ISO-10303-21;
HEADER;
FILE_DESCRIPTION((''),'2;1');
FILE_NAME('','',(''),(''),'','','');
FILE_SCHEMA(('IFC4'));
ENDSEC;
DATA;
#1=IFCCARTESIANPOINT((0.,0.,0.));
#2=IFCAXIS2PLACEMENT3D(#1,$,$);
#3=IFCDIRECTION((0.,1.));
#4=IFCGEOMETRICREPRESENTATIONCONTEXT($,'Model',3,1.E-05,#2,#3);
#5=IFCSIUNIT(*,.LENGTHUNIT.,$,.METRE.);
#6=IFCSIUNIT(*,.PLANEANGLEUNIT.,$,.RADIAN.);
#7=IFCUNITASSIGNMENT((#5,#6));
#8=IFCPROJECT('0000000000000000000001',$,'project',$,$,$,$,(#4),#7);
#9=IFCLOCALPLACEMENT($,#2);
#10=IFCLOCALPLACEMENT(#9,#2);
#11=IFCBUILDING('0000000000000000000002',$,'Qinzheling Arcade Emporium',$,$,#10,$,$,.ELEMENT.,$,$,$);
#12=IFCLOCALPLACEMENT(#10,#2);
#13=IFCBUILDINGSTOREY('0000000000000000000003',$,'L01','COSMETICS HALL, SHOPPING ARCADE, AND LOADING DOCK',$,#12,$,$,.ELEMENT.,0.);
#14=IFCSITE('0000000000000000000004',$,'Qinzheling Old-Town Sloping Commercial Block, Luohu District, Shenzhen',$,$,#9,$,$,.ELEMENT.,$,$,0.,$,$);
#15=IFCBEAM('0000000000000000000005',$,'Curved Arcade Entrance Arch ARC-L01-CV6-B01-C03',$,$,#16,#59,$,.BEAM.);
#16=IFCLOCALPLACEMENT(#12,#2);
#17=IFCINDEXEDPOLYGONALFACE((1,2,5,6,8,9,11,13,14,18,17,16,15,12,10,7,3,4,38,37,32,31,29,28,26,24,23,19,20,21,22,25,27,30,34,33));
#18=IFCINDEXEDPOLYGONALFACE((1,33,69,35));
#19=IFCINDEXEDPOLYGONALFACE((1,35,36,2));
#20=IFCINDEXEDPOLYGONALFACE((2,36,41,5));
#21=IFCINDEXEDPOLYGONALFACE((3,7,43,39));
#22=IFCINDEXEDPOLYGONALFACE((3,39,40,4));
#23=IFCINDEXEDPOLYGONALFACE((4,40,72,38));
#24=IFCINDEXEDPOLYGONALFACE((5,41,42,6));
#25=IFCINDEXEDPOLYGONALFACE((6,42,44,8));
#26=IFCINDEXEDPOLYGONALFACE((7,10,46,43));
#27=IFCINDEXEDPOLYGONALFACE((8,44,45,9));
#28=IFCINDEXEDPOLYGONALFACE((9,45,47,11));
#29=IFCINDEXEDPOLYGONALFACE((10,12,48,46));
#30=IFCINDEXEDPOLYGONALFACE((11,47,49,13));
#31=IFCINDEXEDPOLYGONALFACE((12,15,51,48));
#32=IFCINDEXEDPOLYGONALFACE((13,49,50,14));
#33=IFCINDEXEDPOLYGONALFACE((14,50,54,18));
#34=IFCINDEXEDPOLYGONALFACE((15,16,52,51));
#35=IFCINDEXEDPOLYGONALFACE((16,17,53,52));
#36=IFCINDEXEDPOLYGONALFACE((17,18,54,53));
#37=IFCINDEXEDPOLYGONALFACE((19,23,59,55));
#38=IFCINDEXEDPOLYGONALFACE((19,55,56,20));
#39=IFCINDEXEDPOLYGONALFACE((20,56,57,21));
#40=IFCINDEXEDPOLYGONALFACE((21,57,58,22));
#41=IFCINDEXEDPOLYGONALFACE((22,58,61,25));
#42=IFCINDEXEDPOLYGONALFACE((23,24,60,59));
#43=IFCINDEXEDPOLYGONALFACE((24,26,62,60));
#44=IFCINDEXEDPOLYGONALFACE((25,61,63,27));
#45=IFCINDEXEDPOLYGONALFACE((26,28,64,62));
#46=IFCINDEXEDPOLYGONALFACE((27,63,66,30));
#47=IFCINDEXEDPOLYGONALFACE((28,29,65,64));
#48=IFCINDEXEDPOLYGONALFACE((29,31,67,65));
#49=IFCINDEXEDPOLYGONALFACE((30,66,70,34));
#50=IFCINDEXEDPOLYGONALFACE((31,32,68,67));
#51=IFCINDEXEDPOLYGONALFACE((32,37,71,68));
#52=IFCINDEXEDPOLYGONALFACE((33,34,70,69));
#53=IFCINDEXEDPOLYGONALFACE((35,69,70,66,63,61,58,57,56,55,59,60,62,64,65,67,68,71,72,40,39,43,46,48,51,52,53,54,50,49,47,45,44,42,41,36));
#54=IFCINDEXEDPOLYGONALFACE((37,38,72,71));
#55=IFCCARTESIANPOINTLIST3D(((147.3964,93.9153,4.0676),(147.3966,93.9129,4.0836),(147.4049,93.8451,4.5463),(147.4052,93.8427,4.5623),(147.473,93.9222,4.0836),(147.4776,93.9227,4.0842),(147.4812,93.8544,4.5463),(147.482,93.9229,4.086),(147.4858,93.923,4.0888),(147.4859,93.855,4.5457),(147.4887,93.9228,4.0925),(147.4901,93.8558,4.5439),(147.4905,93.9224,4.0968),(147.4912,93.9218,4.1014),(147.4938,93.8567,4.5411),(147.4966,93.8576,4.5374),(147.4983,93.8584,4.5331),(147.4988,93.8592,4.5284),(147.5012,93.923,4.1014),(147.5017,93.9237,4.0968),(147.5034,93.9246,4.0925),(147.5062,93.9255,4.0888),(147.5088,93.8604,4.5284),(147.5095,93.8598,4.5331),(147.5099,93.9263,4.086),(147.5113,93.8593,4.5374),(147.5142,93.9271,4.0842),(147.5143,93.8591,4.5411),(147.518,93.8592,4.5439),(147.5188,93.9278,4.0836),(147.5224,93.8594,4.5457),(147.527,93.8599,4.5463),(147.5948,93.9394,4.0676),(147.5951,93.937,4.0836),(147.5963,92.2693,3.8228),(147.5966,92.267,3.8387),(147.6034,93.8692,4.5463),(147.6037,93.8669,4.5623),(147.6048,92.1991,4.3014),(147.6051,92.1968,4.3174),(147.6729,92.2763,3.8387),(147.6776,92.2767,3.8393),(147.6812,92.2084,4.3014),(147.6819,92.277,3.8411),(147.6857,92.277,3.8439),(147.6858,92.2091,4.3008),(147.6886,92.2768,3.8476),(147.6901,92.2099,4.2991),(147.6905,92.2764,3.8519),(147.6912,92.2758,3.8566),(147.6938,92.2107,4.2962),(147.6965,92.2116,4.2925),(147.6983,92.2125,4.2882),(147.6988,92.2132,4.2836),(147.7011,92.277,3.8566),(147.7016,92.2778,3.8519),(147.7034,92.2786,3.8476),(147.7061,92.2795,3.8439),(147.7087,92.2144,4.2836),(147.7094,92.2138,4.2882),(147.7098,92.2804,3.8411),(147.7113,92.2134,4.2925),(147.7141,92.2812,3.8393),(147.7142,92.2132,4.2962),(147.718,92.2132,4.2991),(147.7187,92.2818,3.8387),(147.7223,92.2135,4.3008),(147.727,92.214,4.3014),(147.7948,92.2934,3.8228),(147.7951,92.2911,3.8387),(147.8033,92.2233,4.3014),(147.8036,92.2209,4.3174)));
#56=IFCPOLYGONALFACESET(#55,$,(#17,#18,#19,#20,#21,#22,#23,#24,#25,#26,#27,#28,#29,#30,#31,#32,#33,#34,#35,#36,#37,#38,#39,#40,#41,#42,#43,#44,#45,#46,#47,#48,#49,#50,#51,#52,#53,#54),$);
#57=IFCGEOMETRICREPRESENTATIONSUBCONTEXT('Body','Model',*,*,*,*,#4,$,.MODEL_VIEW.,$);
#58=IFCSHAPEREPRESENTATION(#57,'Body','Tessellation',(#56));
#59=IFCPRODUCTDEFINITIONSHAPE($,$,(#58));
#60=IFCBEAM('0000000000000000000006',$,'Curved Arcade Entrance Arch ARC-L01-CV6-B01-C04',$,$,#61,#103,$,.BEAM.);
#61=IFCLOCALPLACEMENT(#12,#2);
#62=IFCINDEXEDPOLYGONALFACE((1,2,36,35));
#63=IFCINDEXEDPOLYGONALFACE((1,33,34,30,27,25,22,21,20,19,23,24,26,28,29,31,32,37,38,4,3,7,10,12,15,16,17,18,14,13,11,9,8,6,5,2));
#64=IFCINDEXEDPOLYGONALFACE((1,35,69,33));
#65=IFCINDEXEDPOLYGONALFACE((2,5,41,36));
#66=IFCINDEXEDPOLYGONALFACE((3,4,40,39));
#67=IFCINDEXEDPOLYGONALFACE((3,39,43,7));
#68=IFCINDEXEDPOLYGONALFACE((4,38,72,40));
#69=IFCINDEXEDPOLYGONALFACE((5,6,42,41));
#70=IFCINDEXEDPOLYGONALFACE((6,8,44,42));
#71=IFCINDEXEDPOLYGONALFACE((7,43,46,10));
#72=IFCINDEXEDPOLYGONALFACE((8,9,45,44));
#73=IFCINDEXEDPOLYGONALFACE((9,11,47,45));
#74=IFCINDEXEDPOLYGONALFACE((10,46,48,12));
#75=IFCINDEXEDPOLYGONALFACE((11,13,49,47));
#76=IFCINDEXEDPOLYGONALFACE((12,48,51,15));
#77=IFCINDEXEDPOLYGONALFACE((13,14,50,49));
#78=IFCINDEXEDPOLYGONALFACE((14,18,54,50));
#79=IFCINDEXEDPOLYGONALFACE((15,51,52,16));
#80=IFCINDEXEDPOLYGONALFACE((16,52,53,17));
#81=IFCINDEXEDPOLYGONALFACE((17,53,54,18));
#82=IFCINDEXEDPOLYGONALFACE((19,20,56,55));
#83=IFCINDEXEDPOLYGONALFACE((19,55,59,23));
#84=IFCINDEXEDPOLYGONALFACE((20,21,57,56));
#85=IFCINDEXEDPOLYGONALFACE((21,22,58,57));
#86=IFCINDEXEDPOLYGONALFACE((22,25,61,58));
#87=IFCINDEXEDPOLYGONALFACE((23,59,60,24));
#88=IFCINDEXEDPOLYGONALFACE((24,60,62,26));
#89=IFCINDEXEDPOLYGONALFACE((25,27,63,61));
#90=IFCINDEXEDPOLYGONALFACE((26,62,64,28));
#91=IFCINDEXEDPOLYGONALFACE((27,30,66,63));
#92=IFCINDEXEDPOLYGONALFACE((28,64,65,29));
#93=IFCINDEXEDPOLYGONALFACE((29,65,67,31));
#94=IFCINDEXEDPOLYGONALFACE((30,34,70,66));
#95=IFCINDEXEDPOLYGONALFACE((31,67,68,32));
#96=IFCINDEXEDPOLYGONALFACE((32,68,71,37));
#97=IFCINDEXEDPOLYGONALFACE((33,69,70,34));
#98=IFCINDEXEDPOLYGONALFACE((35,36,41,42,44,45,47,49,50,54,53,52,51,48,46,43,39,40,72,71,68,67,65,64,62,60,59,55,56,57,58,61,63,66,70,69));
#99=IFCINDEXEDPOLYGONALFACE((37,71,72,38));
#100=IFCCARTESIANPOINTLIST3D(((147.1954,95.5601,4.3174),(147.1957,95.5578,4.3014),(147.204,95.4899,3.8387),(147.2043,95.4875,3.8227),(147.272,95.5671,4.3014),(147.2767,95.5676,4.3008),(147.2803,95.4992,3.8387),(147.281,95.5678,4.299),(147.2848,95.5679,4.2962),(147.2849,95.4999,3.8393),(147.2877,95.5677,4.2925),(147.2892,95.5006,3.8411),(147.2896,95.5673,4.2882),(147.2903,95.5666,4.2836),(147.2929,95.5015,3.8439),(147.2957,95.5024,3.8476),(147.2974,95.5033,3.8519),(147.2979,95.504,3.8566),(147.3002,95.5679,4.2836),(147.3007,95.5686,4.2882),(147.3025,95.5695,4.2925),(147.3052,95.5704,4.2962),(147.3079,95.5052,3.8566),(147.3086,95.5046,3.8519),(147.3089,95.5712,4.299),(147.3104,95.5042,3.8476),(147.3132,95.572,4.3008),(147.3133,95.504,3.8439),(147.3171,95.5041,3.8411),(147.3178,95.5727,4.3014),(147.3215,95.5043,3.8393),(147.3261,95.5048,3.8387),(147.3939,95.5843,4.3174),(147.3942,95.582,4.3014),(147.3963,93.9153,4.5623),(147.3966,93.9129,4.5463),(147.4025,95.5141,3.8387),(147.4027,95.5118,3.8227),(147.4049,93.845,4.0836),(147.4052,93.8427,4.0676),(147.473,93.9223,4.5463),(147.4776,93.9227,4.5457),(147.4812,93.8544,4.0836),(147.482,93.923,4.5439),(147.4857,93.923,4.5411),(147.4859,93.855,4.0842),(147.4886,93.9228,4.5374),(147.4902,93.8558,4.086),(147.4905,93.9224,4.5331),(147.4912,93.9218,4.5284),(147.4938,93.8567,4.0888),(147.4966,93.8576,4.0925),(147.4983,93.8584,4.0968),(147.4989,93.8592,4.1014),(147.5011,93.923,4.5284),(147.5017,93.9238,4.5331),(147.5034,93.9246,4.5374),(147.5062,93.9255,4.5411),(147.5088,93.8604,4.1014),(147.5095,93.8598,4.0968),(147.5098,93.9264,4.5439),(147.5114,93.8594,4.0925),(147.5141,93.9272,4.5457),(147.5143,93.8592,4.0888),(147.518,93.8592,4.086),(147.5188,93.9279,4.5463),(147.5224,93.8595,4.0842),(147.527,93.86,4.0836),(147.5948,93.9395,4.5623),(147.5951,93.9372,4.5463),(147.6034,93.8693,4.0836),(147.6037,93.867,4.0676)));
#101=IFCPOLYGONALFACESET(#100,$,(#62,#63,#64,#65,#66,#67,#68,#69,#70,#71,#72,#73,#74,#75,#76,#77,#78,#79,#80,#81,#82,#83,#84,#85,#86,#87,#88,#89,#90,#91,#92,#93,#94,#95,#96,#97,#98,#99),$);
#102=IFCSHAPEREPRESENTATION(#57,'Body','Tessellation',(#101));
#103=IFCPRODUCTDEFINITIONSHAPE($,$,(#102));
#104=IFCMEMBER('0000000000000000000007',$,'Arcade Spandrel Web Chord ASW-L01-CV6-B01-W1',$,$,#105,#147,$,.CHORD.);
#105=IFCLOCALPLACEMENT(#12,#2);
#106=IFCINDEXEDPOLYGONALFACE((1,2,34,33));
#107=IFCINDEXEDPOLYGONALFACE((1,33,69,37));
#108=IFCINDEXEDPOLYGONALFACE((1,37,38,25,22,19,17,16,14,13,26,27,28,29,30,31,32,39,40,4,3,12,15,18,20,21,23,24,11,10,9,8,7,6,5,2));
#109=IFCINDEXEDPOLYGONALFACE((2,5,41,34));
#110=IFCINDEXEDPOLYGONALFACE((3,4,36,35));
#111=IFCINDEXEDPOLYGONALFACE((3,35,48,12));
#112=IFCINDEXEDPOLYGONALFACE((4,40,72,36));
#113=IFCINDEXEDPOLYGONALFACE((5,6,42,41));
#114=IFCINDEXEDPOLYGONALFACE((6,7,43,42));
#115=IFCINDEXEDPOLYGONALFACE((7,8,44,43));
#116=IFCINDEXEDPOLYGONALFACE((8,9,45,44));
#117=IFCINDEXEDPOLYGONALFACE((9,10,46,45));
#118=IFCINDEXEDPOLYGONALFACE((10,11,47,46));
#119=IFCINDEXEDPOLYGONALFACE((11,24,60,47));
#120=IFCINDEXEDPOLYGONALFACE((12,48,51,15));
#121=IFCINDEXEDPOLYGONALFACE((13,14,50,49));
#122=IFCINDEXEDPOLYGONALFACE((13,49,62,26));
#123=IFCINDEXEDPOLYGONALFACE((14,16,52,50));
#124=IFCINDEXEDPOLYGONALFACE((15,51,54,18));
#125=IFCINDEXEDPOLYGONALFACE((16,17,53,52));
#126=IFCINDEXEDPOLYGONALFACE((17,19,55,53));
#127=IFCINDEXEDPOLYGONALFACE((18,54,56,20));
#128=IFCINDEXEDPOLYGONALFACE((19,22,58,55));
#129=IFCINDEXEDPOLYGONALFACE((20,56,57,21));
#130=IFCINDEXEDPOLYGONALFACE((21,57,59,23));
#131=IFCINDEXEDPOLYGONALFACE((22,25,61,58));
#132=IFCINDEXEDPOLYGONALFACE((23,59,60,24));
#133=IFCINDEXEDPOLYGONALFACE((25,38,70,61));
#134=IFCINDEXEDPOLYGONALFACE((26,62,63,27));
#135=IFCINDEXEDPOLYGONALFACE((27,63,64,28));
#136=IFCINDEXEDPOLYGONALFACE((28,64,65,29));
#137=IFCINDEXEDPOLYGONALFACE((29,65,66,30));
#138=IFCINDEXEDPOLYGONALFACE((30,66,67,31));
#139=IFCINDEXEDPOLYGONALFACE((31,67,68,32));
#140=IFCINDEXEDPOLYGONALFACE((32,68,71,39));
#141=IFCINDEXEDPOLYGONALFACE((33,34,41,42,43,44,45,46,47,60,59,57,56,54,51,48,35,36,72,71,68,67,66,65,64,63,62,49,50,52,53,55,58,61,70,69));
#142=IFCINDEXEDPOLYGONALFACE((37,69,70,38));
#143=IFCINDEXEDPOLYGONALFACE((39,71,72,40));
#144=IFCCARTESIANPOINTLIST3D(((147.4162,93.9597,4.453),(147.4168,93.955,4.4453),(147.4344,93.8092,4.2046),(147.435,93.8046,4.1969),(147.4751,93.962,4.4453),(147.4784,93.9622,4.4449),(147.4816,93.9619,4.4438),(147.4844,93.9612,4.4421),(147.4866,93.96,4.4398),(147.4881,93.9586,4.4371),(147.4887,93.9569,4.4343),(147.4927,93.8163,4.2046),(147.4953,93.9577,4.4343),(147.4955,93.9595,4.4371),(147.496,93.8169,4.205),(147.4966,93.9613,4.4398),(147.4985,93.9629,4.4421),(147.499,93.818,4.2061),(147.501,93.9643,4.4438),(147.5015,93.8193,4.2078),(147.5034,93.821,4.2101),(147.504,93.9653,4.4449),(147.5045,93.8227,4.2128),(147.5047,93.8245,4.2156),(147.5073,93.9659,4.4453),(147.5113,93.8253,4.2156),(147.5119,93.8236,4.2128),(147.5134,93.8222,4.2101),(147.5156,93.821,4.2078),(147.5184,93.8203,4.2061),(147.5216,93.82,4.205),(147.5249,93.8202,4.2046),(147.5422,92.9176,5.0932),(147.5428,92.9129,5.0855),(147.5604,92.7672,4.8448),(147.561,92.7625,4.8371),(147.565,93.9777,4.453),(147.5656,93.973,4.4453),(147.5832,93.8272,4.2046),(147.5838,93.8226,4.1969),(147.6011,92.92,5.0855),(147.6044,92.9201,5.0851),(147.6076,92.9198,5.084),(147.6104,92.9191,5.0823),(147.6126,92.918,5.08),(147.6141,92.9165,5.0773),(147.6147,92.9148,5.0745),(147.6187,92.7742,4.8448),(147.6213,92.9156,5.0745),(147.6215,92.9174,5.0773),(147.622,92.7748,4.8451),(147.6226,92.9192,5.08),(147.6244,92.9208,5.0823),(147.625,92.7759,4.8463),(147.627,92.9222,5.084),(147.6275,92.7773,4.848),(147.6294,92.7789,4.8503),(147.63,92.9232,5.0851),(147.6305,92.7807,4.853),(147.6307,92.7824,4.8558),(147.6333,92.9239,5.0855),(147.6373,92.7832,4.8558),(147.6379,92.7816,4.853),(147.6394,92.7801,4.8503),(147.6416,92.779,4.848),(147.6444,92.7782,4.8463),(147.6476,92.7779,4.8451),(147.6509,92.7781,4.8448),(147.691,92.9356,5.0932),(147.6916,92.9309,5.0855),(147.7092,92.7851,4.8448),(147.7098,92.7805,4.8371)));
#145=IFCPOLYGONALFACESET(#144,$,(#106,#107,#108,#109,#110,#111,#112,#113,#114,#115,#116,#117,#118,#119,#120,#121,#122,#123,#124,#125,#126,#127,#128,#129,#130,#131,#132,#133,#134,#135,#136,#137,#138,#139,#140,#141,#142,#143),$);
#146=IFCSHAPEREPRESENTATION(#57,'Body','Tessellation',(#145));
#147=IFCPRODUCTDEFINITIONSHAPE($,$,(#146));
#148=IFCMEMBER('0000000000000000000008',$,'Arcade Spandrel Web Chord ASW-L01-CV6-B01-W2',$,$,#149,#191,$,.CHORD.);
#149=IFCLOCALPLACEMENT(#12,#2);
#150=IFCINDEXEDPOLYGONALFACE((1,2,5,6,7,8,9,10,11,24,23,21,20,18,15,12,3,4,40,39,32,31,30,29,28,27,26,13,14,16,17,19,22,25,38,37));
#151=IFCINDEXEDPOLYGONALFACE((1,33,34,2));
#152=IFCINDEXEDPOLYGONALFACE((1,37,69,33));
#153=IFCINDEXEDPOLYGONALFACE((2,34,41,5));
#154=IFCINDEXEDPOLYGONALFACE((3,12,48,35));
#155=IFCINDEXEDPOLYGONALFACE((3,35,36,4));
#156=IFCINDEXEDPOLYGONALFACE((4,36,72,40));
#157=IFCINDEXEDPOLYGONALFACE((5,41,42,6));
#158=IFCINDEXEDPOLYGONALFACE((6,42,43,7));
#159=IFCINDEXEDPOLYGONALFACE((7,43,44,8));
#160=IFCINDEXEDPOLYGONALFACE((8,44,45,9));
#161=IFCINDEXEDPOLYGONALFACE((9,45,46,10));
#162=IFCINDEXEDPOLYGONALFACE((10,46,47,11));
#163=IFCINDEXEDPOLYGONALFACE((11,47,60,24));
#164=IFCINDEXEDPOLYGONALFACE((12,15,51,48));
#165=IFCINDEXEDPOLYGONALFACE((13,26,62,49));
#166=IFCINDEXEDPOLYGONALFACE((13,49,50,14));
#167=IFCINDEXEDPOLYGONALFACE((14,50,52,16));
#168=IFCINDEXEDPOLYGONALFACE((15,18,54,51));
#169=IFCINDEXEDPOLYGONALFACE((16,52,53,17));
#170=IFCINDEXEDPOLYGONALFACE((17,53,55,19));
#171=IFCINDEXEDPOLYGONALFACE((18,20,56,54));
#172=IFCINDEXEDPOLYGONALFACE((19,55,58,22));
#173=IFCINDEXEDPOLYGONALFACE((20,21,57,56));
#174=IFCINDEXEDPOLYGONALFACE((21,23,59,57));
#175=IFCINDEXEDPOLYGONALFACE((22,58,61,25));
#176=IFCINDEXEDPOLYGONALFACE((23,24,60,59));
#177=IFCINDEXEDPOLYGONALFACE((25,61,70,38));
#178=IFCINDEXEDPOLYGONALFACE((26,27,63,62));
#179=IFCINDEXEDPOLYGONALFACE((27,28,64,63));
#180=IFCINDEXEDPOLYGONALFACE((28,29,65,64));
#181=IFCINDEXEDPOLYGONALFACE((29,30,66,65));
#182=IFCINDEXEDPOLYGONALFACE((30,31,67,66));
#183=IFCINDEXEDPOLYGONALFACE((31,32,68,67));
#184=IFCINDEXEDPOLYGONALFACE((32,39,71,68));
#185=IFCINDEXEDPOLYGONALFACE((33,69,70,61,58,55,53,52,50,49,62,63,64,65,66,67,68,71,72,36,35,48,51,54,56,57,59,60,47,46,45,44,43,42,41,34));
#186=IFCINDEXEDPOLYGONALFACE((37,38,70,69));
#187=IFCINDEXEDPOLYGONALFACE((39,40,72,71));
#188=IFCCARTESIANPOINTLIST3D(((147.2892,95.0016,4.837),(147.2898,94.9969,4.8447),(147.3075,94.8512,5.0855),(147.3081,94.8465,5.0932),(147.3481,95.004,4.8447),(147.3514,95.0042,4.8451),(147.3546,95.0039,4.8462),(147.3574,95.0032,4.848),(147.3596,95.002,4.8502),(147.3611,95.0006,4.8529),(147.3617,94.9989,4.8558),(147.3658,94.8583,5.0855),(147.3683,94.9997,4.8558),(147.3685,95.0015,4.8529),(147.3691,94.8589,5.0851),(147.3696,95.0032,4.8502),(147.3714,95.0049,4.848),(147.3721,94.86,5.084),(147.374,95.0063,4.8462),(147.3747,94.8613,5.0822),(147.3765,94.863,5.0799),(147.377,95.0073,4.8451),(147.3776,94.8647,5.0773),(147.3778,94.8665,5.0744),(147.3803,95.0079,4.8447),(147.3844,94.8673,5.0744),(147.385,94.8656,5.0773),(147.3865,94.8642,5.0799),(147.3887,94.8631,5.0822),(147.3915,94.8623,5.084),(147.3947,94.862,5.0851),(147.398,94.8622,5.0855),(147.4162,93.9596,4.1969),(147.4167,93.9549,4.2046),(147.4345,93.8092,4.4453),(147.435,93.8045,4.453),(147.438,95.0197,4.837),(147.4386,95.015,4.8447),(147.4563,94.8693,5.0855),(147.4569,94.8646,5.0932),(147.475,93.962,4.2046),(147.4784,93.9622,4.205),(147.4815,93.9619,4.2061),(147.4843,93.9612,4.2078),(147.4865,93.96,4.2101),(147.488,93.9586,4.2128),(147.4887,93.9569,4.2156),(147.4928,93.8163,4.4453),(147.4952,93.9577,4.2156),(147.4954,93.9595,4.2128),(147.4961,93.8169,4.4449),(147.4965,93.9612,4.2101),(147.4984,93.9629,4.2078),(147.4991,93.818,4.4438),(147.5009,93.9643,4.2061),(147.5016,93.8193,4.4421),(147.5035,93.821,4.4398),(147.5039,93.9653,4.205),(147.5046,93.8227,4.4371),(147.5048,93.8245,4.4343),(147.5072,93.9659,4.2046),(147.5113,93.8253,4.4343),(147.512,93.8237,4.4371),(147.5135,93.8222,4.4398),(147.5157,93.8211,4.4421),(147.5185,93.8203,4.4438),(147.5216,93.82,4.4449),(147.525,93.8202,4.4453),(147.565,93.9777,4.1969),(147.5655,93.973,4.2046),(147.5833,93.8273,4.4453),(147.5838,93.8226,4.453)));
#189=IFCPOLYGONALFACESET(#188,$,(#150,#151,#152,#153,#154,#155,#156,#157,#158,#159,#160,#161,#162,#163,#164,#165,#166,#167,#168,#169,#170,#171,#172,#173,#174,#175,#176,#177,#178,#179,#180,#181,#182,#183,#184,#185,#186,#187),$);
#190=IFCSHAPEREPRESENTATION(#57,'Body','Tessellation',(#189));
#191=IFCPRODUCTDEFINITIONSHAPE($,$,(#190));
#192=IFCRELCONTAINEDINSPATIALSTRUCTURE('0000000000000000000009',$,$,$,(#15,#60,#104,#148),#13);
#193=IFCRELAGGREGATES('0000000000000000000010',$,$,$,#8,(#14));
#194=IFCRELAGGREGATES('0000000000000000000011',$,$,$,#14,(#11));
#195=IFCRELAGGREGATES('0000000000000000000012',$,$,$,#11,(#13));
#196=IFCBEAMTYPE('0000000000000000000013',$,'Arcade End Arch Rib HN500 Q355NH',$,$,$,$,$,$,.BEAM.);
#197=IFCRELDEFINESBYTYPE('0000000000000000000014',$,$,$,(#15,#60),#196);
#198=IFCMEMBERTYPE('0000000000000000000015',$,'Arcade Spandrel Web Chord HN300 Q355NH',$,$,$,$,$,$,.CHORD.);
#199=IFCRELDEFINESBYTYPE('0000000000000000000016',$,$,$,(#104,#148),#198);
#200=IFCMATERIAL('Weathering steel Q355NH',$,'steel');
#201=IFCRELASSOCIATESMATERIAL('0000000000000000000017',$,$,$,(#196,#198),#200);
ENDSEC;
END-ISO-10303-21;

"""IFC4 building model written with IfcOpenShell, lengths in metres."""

from ifc_helpers import new_model, si_unit, direction, frame, origin, origin_2d, place, context, subcontext, project, spatial, i_section, extrude, material, material_profile, profile_set, type_object, element, save


model = new_model("IFC4")

# Units and contexts
model_context = context("Model", 3, precision=1e-05, world=origin(), true_north=direction((0.0, 1.0)))
body_context = subcontext(model_context, "Body", "Model", "MODEL_VIEW")
ifc_project = project(units=[si_unit("LENGTHUNIT", "METRE"), si_unit("PLANEANGLEUNIT", "RADIAN")], contexts=[model_context])

# Site, building, storey
site_placement = place(None, origin())
site = spatial("IfcSite", under=ifc_project, at=site_placement, Name="Qinzheling Old-Town Sloping Commercial Block, Luohu District, Shenzhen", CompositionType="ELEMENT", RefElevation=0.0)
building_placement = place(site_placement, origin())
building = spatial("IfcBuilding", under=site, at=building_placement, Name="Qinzheling Arcade Emporium", CompositionType="ELEMENT")
storey_placement = place(building_placement, origin())
storey = spatial("IfcBuildingStorey", under=building, at=storey_placement, Name="L01", Description="COSMETICS HALL, SHOPPING ARCADE, AND LOADING DOCK", CompositionType="ELEMENT", Elevation=0.0)

# Beams
ifc_material_1 = material(Name="Weathering steel Q355NH", Category="steel")
ifc_material_profile_1 = material_profile(ifc_material_1, i_section(OverallWidth=0.2, OverallDepth=0.5, WebThickness=0.01, FlangeThickness=0.0161, FilletRadius=0.0181, at=origin_2d()), Name="HN 500x200x10x16", Category="steel")
ifc_profile_set_1 = profile_set([ifc_material_profile_1], Name="Weathering steel Q355NH")
beam_type_1 = type_object("IfcBeamType", Name="Arcade End Arch Rib HN500 Q355NH", PredefinedType="BEAM", material=ifc_profile_set_1)
beam_1_placement = place(storey_placement, frame((147.7, 92.2451, 4.0701), z_axis=(-0.119297, 0.982051, 0.146099), x_axis=(-0.992702, -0.120591, 0.0)))
element("IfcBeam", 1, at=beam_1_placement, inside=storey, type_object=beam_type_1, Name="Curved Arcade Entrance Arch ARC-L01-CV6-B01-C03", PredefinedType="BEAM", context=body_context, shape_type="SweptSolid", body=[
    extrude(i_section(OverallWidth=0.2, OverallDepth=0.5, WebThickness=0.01, FlangeThickness=0.0161, FilletRadius=0.0181, at=origin_2d()), origin(), (0.0, 0.0, 1.0), 1.676),
])
beam_2_placement = place(storey_placement, frame((147.5, 93.8911, 4.3149), z_axis=(-0.119957, 0.981956, -0.146193), x_axis=(-0.992621, -0.12126, 0.0)))
element("IfcBeam", 2, at=beam_2_placement, inside=storey, type_object=beam_type_1, Name="Curved Arcade Entrance Arch ARC-L01-CV6-B01-C04", PredefinedType="BEAM", context=body_context, shape_type="SweptSolid", body=[
    extrude(i_section(OverallWidth=0.2, OverallDepth=0.5, WebThickness=0.01, FlangeThickness=0.0161, FilletRadius=0.0181, at=origin_2d()), origin(), (0.0, 0.0, 1.0), 1.675),
])

# Members
ifc_material_profile_2 = material_profile(ifc_material_1, i_section(OverallWidth=0.1499, OverallDepth=0.3, WebThickness=0.0066, FlangeThickness=0.009, FilletRadius=0.0129, at=origin_2d()), Name="HN 300x150x6.5x9", Category="steel")
ifc_profile_set_2 = profile_set([ifc_material_profile_2], Name="Weathering steel Q355NH")
member_type_1 = type_object("IfcMemberType", Name="Arcade Spandrel Web Chord HN300 Q355NH", PredefinedType="CHORD", material=ifc_profile_set_2)
for number, where, z_axis, x_axis, name in (
    (3, (147.5, 93.8911, 4.325), (0.102471, -0.84757, 0.520696), (0.992771, 0.120026, 0.0), "Arcade Spandrel Web Chord ASW-L01-CV6-B01-W1"),
    (4, (147.5, 93.8911, 4.325), (-0.103257, 0.847501, 0.520653), (-0.99266, -0.120943, 0.0), "Arcade Spandrel Web Chord ASW-L01-CV6-B01-W2"),
):
    element("IfcMember", number, at=place(storey_placement, frame(where, z_axis=z_axis, x_axis=x_axis)), inside=storey, type_object=member_type_1, Name=name, PredefinedType="CHORD", context=body_context, shape_type="SweptSolid", body=[
        extrude(i_section(OverallWidth=0.1499, OverallDepth=0.3, WebThickness=0.0066, FlangeThickness=0.009, FilletRadius=0.0129, at=origin_2d()), origin(), (0.0, 0.0, 1.0), 1.2295),
    ])

save(model, "model.ifc")
